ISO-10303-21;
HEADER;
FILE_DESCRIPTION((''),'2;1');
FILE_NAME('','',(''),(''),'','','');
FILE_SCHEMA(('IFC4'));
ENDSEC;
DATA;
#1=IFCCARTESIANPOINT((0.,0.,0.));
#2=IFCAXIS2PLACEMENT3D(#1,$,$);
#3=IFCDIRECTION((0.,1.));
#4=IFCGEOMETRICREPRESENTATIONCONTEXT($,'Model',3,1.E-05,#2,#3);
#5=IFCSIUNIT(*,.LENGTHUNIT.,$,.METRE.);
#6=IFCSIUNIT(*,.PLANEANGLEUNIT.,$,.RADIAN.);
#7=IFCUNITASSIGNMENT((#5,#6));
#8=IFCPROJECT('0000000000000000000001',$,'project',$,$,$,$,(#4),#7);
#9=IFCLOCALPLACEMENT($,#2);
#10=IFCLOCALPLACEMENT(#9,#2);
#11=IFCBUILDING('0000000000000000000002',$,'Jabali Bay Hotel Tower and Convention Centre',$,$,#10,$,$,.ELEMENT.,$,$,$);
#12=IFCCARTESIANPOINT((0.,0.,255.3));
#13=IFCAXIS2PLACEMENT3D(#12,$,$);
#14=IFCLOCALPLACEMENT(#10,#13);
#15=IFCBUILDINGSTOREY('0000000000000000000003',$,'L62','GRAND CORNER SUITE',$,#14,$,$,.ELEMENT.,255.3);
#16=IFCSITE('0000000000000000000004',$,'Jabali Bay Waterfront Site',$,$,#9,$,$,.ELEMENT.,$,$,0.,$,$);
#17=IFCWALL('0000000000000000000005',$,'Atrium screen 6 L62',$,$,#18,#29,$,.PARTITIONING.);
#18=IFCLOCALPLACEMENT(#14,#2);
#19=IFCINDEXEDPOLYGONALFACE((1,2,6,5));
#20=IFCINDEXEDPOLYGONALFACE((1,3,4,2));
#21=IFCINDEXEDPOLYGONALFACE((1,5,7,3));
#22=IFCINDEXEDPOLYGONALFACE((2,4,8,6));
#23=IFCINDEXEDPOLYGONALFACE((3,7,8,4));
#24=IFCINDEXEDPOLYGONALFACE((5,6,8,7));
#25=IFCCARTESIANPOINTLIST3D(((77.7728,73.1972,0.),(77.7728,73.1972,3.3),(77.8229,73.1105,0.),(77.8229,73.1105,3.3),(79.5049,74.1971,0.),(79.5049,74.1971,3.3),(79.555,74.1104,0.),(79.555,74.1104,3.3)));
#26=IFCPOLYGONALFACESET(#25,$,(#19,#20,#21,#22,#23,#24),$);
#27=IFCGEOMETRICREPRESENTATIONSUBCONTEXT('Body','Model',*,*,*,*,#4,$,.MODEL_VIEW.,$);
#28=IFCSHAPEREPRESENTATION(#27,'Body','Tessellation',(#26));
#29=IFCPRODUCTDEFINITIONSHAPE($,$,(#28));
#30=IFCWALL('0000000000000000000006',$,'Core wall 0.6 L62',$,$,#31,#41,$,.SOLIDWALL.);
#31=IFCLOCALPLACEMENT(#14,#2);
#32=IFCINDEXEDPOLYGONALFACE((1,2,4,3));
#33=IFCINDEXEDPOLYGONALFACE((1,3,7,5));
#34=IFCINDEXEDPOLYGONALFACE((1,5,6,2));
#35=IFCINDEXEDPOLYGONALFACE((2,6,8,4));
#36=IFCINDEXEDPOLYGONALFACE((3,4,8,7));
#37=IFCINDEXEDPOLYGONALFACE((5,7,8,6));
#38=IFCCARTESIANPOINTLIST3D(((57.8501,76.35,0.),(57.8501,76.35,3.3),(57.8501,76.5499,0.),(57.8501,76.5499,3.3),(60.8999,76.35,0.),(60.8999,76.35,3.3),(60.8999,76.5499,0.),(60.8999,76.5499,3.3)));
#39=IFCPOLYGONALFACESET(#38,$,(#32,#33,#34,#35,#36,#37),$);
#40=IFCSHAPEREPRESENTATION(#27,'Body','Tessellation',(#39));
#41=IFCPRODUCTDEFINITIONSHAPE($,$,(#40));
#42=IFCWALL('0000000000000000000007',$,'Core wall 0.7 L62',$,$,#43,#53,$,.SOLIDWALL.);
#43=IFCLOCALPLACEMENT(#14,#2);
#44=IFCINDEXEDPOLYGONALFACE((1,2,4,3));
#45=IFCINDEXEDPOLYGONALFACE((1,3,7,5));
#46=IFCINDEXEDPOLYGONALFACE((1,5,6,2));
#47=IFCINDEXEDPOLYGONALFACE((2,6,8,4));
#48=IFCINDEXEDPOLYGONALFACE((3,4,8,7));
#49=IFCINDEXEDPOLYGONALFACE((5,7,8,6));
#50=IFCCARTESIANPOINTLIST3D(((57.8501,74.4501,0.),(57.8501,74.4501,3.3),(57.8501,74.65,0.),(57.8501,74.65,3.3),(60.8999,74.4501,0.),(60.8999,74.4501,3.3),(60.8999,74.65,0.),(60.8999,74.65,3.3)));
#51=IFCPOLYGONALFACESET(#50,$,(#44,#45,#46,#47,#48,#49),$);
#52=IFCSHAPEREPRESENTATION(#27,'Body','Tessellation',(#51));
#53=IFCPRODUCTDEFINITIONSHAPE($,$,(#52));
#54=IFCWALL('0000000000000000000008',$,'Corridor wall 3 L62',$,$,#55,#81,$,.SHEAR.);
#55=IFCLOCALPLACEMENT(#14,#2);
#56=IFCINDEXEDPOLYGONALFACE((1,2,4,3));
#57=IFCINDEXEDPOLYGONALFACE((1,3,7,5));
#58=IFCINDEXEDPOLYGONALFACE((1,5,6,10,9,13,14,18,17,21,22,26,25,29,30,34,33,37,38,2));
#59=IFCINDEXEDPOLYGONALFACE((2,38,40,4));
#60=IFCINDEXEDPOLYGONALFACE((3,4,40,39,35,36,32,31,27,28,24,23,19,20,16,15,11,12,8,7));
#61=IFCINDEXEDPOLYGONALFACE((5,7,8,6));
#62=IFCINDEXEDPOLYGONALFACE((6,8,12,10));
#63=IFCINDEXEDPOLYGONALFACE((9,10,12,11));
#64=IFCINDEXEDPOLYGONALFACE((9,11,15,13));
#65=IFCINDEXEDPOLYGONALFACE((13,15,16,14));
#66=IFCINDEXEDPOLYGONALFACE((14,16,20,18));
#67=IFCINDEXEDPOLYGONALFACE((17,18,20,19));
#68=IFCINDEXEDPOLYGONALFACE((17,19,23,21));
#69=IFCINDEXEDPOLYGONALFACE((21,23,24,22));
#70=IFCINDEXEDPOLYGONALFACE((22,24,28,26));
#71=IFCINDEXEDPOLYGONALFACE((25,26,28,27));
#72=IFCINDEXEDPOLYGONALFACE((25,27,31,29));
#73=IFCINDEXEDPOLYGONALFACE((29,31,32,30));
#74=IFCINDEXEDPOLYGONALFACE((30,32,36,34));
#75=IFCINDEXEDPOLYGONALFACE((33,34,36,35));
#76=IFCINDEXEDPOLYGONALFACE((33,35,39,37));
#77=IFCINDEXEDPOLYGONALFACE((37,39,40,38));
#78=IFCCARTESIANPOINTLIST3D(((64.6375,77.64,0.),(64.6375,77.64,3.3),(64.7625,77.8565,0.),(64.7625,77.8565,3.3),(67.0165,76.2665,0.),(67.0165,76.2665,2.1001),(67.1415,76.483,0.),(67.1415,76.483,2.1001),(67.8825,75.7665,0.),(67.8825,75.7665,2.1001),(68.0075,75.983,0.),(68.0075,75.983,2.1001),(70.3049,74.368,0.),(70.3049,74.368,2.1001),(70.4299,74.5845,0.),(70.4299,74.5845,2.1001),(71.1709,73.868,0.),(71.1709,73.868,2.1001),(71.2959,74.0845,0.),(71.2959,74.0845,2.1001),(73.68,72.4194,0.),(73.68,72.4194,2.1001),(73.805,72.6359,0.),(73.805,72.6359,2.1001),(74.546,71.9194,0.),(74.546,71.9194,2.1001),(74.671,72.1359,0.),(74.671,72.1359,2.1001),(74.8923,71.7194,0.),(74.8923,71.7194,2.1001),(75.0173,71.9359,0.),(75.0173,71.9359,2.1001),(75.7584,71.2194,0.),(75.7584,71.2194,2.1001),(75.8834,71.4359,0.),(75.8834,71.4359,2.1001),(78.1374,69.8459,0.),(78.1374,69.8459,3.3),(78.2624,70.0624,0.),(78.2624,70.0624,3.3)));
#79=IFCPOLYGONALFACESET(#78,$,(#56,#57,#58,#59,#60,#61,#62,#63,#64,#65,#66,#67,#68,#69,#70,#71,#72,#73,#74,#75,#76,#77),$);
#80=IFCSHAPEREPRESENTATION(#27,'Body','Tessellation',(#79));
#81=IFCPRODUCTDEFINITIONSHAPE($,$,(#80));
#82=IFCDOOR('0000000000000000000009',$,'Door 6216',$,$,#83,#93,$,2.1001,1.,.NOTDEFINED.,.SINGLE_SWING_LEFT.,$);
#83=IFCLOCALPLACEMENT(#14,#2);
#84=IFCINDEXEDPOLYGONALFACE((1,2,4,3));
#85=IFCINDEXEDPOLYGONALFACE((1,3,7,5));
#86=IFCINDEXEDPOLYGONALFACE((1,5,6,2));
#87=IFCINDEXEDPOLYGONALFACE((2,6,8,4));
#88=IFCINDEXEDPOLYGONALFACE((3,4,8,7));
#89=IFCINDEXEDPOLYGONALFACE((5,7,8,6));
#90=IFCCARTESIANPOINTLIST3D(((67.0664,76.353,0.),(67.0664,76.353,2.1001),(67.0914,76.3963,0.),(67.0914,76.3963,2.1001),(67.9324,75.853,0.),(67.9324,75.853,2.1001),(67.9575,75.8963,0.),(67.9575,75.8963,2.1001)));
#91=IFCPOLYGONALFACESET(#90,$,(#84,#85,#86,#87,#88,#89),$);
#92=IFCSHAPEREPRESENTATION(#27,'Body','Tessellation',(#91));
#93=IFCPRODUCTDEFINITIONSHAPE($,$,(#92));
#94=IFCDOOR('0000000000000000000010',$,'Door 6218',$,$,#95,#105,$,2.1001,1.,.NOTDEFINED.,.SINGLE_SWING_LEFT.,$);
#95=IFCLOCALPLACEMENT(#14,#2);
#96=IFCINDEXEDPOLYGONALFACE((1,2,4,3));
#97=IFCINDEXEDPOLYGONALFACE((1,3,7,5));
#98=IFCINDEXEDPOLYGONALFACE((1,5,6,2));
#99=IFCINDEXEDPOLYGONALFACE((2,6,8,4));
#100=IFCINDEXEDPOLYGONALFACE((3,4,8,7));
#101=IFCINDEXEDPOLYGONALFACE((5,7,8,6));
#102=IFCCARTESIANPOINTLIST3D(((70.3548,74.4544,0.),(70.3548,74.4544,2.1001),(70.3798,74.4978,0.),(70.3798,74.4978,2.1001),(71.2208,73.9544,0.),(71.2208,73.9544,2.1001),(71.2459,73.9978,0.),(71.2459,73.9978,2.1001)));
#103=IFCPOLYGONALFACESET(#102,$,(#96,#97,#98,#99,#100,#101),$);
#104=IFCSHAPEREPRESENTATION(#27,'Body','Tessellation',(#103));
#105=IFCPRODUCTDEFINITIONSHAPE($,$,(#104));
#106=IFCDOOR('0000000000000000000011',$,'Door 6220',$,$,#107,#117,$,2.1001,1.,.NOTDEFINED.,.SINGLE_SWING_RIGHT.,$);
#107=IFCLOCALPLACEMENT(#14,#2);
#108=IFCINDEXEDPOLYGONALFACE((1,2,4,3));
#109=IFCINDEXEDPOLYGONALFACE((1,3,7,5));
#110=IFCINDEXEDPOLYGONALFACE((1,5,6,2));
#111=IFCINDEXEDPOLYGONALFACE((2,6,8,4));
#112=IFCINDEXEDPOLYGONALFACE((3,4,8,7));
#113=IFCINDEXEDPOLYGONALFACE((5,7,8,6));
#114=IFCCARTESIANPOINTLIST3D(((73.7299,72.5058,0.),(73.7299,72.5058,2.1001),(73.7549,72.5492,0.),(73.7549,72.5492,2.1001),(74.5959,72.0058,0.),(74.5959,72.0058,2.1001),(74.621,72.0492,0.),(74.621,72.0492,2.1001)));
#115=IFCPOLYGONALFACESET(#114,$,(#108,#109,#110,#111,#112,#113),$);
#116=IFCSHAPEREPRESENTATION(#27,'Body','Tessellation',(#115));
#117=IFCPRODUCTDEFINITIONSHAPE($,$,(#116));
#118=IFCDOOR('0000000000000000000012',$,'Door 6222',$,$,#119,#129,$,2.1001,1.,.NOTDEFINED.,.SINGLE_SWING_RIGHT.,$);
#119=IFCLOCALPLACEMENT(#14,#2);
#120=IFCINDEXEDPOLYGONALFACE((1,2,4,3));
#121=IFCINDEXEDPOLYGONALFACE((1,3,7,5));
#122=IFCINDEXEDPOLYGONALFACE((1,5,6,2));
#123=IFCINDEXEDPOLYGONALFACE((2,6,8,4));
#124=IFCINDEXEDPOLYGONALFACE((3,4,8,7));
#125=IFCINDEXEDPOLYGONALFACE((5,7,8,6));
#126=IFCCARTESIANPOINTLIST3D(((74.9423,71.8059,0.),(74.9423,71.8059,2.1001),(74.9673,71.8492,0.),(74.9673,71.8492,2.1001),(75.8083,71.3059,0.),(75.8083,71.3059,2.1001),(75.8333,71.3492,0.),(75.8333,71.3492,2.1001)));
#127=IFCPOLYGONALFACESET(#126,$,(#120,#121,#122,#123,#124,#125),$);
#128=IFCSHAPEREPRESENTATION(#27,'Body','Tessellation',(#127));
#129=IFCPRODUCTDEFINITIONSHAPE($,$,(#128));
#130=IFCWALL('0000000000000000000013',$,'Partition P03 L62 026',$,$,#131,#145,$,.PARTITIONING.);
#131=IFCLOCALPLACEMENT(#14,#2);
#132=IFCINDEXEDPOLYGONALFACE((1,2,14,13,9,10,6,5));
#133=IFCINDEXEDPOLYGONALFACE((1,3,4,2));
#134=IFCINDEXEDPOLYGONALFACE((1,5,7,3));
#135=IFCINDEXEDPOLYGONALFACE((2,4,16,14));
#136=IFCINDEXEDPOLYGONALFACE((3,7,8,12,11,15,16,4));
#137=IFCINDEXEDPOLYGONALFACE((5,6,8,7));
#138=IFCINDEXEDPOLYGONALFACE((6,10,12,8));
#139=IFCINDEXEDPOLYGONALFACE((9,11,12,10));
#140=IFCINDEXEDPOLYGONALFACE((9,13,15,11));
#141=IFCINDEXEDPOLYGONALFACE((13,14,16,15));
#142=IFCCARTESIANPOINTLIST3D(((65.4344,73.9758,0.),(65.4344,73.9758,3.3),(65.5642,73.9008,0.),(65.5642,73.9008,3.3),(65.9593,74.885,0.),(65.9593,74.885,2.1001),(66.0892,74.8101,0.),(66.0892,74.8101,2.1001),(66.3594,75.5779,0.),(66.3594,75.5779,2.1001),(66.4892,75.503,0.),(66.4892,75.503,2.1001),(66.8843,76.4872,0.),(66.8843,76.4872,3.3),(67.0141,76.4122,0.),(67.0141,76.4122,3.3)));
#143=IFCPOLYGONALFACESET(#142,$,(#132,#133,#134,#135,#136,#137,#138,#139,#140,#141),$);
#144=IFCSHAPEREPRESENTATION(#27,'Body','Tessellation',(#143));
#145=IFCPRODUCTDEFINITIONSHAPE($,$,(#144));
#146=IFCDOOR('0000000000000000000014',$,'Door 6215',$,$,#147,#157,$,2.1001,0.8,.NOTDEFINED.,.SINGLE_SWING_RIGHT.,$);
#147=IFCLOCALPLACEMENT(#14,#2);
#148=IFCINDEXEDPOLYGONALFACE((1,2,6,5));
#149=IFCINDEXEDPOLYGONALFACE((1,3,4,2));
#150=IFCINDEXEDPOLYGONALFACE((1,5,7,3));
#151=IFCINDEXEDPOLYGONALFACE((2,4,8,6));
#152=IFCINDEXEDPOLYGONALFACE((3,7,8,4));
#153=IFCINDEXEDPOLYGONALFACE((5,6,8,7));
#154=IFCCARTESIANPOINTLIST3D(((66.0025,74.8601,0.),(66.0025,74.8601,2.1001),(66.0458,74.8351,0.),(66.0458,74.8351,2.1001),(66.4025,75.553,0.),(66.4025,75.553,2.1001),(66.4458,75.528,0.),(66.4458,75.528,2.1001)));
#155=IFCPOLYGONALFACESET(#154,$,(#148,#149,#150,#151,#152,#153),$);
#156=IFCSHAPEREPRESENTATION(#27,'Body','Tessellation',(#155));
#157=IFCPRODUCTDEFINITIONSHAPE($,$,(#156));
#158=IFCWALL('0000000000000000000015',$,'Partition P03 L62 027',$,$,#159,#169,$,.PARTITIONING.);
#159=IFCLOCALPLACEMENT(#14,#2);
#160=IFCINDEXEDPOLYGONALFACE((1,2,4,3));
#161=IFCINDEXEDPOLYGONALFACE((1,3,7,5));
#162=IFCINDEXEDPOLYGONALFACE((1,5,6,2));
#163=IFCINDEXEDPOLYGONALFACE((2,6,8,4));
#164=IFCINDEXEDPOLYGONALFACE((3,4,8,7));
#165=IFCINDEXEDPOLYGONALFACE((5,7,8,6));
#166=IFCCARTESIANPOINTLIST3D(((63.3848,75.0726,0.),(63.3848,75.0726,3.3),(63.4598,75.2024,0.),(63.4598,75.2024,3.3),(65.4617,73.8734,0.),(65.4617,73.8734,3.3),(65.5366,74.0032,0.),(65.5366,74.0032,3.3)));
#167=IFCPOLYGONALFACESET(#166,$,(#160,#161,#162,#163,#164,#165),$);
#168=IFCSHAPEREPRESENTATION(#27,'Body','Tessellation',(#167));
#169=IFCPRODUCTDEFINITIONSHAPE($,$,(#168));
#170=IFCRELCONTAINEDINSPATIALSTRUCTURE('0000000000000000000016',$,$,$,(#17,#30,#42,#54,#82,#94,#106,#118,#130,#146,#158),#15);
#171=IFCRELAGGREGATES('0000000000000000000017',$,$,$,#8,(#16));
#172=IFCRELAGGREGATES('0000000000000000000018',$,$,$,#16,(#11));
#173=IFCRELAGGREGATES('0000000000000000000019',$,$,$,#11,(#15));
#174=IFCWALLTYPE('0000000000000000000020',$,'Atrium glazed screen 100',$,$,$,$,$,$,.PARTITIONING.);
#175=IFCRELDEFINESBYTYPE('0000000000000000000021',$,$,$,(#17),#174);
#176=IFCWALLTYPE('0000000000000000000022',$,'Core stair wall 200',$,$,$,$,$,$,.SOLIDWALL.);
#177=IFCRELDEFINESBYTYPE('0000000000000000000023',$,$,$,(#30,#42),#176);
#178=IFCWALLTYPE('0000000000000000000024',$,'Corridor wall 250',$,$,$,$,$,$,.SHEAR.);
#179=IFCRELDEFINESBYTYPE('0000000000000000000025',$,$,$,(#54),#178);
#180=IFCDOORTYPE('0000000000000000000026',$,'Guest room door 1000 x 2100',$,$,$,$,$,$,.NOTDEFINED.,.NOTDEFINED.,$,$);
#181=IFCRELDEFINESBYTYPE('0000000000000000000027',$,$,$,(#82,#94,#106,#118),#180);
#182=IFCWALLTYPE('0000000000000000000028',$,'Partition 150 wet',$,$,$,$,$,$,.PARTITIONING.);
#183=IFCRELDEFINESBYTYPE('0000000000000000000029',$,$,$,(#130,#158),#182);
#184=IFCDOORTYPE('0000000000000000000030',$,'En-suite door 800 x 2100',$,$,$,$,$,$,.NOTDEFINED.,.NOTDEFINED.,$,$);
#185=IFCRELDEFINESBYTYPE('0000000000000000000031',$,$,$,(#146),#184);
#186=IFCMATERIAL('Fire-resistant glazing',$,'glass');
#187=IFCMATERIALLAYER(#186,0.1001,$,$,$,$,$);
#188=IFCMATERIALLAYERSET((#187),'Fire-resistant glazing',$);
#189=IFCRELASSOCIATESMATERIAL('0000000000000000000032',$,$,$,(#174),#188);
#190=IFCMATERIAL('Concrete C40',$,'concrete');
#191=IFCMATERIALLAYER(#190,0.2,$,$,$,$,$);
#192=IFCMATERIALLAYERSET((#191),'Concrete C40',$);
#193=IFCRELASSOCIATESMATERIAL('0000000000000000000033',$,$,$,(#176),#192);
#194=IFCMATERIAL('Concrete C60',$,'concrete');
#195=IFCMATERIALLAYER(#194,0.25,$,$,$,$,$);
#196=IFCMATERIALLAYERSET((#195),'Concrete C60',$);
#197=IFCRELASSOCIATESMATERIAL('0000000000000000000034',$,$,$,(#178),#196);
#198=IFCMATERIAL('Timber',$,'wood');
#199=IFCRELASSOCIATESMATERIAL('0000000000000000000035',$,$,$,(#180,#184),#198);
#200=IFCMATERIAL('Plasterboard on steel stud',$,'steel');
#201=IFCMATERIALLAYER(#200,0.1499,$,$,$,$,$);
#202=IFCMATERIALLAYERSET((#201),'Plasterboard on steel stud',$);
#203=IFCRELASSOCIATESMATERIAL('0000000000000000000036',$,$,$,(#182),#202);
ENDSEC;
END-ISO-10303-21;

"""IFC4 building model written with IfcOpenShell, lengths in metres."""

from ifc_helpers import new_model, si_unit, direction, frame, frame_2d, origin, place, context, subcontext, project, spatial, rectangle, extrude, material, layer, layer_set, type_object, element, fill, save


model = new_model("IFC4")

# Units and contexts
model_context = context("Model", 3, precision=1e-05, world=origin(), true_north=direction((0.0, 1.0)))
body_context = subcontext(model_context, "Body", "Model", "MODEL_VIEW")
ifc_project = project(units=[si_unit("LENGTHUNIT", "METRE"), si_unit("PLANEANGLEUNIT", "RADIAN")], contexts=[model_context])

# Site, building, storey
site_placement = place(None, origin())
site = spatial("IfcSite", under=ifc_project, at=site_placement, Name="Jabali Bay Waterfront Site", CompositionType="ELEMENT", RefElevation=0.0)
building_placement = place(site_placement, origin())
building = spatial("IfcBuilding", under=site, at=building_placement, Name="Jabali Bay Hotel Tower and Convention Centre", CompositionType="ELEMENT")
storey_placement = place(building_placement, frame((0.0, 0.0, 255.3)))
storey = spatial("IfcBuildingStorey", under=building, at=storey_placement, Name="L62", Description="GRAND CORNER SUITE", CompositionType="ELEMENT", Elevation=255.3)

# Walls
ifc_material_1 = material(Name="Fire-resistant glazing", Category="glass")
ifc_layer_1 = layer(ifc_material_1, 0.1001)
ifc_layer_set_1 = layer_set([ifc_layer_1], Name="Fire-resistant glazing")
wall_type_1 = type_object("IfcWallType", Name="Atrium glazed screen 100", PredefinedType="PARTITIONING", material=ifc_layer_set_1)
wall_1_placement = place(storey_placement, frame((77.7979, 73.1538, 0.0), z_axis=(0.0, 0.0, 1.0), x_axis=(0.866041, 0.499973, 0.0)))
element("IfcWall", 1, at=wall_1_placement, inside=storey, type_object=wall_type_1, Name="Atrium screen 6 L62", PredefinedType="PARTITIONING", context=body_context, shape_type="SweptSolid", body=[
    extrude(rectangle(XDim=2.0, YDim=0.1001, at=frame_2d((1.0, 0.0))), origin(), (0.0, 0.0, 1.0), 3.3),
])
ifc_material_2 = material(Name="Concrete C40", Category="concrete")
ifc_layer_2 = layer(ifc_material_2, 0.2)
ifc_layer_set_2 = layer_set([ifc_layer_2], Name="Concrete C40")
wall_type_2 = type_object("IfcWallType", Name="Core stair wall 200", PredefinedType="SOLIDWALL", material=ifc_layer_set_2)
for number, where, z_axis, x_axis, name in (
    (2, (60.8999, 76.45, 0.0), (0.0, 0.0, 1.0), (-1.0, 0.0, 0.0), "Core wall 0.6 L62"),
    (3, (60.8999, 74.55, 0.0), (0.0, 0.0, 1.0), (-1.0, 0.0, 0.0), "Core wall 0.7 L62"),
):
    element("IfcWall", number, at=place(storey_placement, frame(where, z_axis=z_axis, x_axis=x_axis)), inside=storey, type_object=wall_type_2, Name=name, PredefinedType="SOLIDWALL", context=body_context, shape_type="SweptSolid", body=[
        extrude(rectangle(XDim=3.0498, YDim=0.2, at=frame_2d((1.5249, 0.0))), origin(), (0.0, 0.0, 1.0), 3.3),
    ])

# Wall, openings, doors
ifc_material_3 = material(Name="Concrete C60", Category="concrete")
ifc_layer_3 = layer(ifc_material_3, 0.25)
ifc_layer_set_3 = layer_set([ifc_layer_3], Name="Concrete C60")
wall_type_3 = type_object("IfcWallType", Name="Corridor wall 250", PredefinedType="SHEAR", material=ifc_layer_set_3)
wall_2_placement = place(storey_placement, frame((64.7, 77.7483, 0.0), z_axis=(0.0, 0.0, 1.0), x_axis=(0.866026, -0.499998, 0.0)))
wall_2 = element("IfcWall", 4, at=wall_2_placement, inside=storey, type_object=wall_type_3, Name="Corridor wall 3 L62", PredefinedType="SHEAR", context=body_context, shape_type="SweptSolid", body=[
    extrude(rectangle(XDim=15.5884, YDim=0.25, at=frame_2d((7.7942, 0.0))), origin(), (0.0, 0.0, 1.0), 3.3),
])
opening_1_placement = place(wall_2_placement, frame((2.7471, 0.0, 0.0)))
opening_1 = element("IfcOpeningElement", 5, at=opening_1_placement, cuts=wall_2, PredefinedType="OPENING", context=body_context, shape_type="SweptSolid", body=[
    extrude(rectangle(XDim=1.0, YDim=2.1001, at=frame_2d((0.5, 1.05))), frame((0.0, 0.1355, 0.0), z_axis=(0.0, -1.0, 0.0), x_axis=(1.0, 0.0, 0.0)), (0.0, 0.0, 1.0), 0.271),
])
opening_2_placement = place(wall_2_placement, frame((6.5442, 0.0, 0.0)))
opening_2 = element("IfcOpeningElement", 6, at=opening_2_placement, cuts=wall_2, PredefinedType="OPENING", context=body_context, shape_type="SweptSolid", body=[
    extrude(rectangle(XDim=1.0, YDim=2.1001, at=frame_2d((0.5, 1.05))), frame((0.0, 0.1355, 0.0), z_axis=(0.0, -1.0, 0.0), x_axis=(1.0, 0.0, 0.0)), (0.0, 0.0, 1.0), 0.271),
])
opening_3_placement = place(wall_2_placement, frame((10.4414, 0.0, 0.0)))
opening_3 = element("IfcOpeningElement", 7, at=opening_3_placement, cuts=wall_2, PredefinedType="OPENING", context=body_context, shape_type="SweptSolid", body=[
    extrude(rectangle(XDim=1.0, YDim=2.1001, at=frame_2d((0.5, 1.05))), frame((0.0, 0.1355, 0.0), z_axis=(0.0, -1.0, 0.0), x_axis=(1.0, 0.0, 0.0)), (0.0, 0.0, 1.0), 0.271),
])
opening_4_placement = place(wall_2_placement, frame((11.8413, 0.0, 0.0)))
opening_4 = element("IfcOpeningElement", 8, at=opening_4_placement, cuts=wall_2, PredefinedType="OPENING", context=body_context, shape_type="SweptSolid", body=[
    extrude(rectangle(XDim=1.0, YDim=2.1001, at=frame_2d((0.5, 1.05))), frame((0.0, 0.1355, 0.0), z_axis=(0.0, -1.0, 0.0), x_axis=(1.0, 0.0, 0.0)), (0.0, 0.0, 1.0), 0.271),
])
ifc_material_4 = material(Name="Timber", Category="wood")
door_type_1 = type_object("IfcDoorType", Name="Guest room door 1000 x 2100", OperationType="NOTDEFINED", PredefinedType="NOTDEFINED", material=ifc_material_4)
door_1_placement = place(opening_1_placement, origin())
door_1 = element("IfcDoor", 9, at=door_1_placement, inside=storey, type_object=door_type_1, Name="Door 6216", OperationType="SINGLE_SWING_LEFT", OverallHeight=2.1001, OverallWidth=1.0, PredefinedType="NOTDEFINED", context=body_context, shape_type="SweptSolid", body=[
    extrude(rectangle(XDim=1.0, YDim=2.1001, at=frame_2d((0.5, 1.05))), frame((0.0, 0.0249, 0.0), z_axis=(0.0, -1.0, 0.0), x_axis=(1.0, 0.0, 0.0)), (0.0, 0.0, 1.0), 0.05),
])
fill(opening_1, door_1)
door_2_placement = place(opening_2_placement, origin())
door_2 = element("IfcDoor", 10, at=door_2_placement, inside=storey, type_object=door_type_1, Name="Door 6218", OperationType="SINGLE_SWING_LEFT", OverallHeight=2.1001, OverallWidth=1.0, PredefinedType="NOTDEFINED", context=body_context, shape_type="SweptSolid", body=[
    extrude(rectangle(XDim=1.0, YDim=2.1001, at=frame_2d((0.5, 1.05))), frame((0.0, 0.0249, 0.0), z_axis=(0.0, -1.0, 0.0), x_axis=(1.0, 0.0, 0.0)), (0.0, 0.0, 1.0), 0.05),
])
fill(opening_2, door_2)
door_3_placement = place(opening_3_placement, origin())
door_3 = element("IfcDoor", 11, at=door_3_placement, inside=storey, type_object=door_type_1, Name="Door 6220", OperationType="SINGLE_SWING_RIGHT", OverallHeight=2.1001, OverallWidth=1.0, PredefinedType="NOTDEFINED", context=body_context, shape_type="SweptSolid", body=[
    extrude(rectangle(XDim=1.0, YDim=2.1001, at=frame_2d((0.5, 1.05))), frame((0.0, 0.0249, 0.0), z_axis=(0.0, -1.0, 0.0), x_axis=(1.0, 0.0, 0.0)), (0.0, 0.0, 1.0), 0.05),
])
fill(opening_3, door_3)
door_4_placement = place(opening_4_placement, origin())
door_4 = element("IfcDoor", 12, at=door_4_placement, inside=storey, type_object=door_type_1, Name="Door 6222", OperationType="SINGLE_SWING_RIGHT", OverallHeight=2.1001, OverallWidth=1.0, PredefinedType="NOTDEFINED", context=body_context, shape_type="SweptSolid", body=[
    extrude(rectangle(XDim=1.0, YDim=2.1001, at=frame_2d((0.5, 1.05))), frame((0.0, 0.0249, 0.0), z_axis=(0.0, -1.0, 0.0), x_axis=(1.0, 0.0, 0.0)), (0.0, 0.0, 1.0), 0.05),
])
fill(opening_4, door_4)

# Wall, opening, door
ifc_material_5 = material(Name="Plasterboard on steel stud", Category="steel")
ifc_layer_4 = layer(ifc_material_5, 0.1499)
ifc_layer_set_4 = layer_set([ifc_layer_4], Name="Plasterboard on steel stud")
wall_type_4 = type_object("IfcWallType", Name="Partition 150 wet", PredefinedType="PARTITIONING", material=ifc_layer_set_4)
wall_3_placement = place(storey_placement, frame((66.9492, 76.4497, 0.0), z_axis=(0.0, 0.0, 1.0), x_axis=(-0.499987, -0.866033, 0.0)))
wall_3 = element("IfcWall", 13, at=wall_3_placement, inside=storey, type_object=wall_type_4, Name="Partition P03 L62 026", PredefinedType="PARTITIONING", context=body_context, shape_type="SweptSolid", body=[
    extrude(rectangle(XDim=2.8999, YDim=0.1499, at=frame_2d((1.45, 0.0))), origin(), (0.0, 0.0, 1.0), 3.3),
])
opening_5_placement = place(wall_3_placement, frame((1.05, 0.0, 0.0)))
opening_5 = element("IfcOpeningElement", 14, at=opening_5_placement, cuts=wall_3, PredefinedType="OPENING", context=body_context, shape_type="SweptSolid", body=[
    extrude(rectangle(XDim=0.8, YDim=2.1001, at=frame_2d((0.3999, 1.05))), frame((0.0, 0.0854, 0.0), z_axis=(0.0, -1.0, 0.0), x_axis=(1.0, 0.0, 0.0)), (0.0, 0.0, 1.0), 0.1709),
])
door_type_2 = type_object("IfcDoorType", Name="En-suite door 800 x 2100", OperationType="NOTDEFINED", PredefinedType="NOTDEFINED", material=ifc_material_4)
door_5_placement = place(opening_5_placement, origin())
door_5 = element("IfcDoor", 15, at=door_5_placement, inside=storey, type_object=door_type_2, Name="Door 6215", OperationType="SINGLE_SWING_RIGHT", OverallHeight=2.1001, OverallWidth=0.8, PredefinedType="NOTDEFINED", context=body_context, shape_type="SweptSolid", body=[
    extrude(rectangle(XDim=0.8, YDim=2.1001, at=frame_2d((0.3999, 1.05))), frame((0.0, 0.0249, 0.0), z_axis=(0.0, -1.0, 0.0), x_axis=(1.0, 0.0, 0.0)), (0.0, 0.0, 1.0), 0.05),
])
fill(opening_5, door_5)

# Wall
wall_4_placement = place(storey_placement, frame((65.4993, 73.9382, 0.0), z_axis=(0.0, 0.0, 1.0), x_axis=(-0.866004, 0.500037, 0.0)))
element("IfcWall", 16, at=wall_4_placement, inside=storey, type_object=wall_type_4, Name="Partition P03 L62 027", PredefinedType="PARTITIONING", context=body_context, shape_type="SweptSolid", body=[
    extrude(rectangle(XDim=2.3982, YDim=0.1499, at=frame_2d((1.1992, 0.0))), origin(), (0.0, 0.0, 1.0), 3.3),
])

save(model, "model.ifc")
